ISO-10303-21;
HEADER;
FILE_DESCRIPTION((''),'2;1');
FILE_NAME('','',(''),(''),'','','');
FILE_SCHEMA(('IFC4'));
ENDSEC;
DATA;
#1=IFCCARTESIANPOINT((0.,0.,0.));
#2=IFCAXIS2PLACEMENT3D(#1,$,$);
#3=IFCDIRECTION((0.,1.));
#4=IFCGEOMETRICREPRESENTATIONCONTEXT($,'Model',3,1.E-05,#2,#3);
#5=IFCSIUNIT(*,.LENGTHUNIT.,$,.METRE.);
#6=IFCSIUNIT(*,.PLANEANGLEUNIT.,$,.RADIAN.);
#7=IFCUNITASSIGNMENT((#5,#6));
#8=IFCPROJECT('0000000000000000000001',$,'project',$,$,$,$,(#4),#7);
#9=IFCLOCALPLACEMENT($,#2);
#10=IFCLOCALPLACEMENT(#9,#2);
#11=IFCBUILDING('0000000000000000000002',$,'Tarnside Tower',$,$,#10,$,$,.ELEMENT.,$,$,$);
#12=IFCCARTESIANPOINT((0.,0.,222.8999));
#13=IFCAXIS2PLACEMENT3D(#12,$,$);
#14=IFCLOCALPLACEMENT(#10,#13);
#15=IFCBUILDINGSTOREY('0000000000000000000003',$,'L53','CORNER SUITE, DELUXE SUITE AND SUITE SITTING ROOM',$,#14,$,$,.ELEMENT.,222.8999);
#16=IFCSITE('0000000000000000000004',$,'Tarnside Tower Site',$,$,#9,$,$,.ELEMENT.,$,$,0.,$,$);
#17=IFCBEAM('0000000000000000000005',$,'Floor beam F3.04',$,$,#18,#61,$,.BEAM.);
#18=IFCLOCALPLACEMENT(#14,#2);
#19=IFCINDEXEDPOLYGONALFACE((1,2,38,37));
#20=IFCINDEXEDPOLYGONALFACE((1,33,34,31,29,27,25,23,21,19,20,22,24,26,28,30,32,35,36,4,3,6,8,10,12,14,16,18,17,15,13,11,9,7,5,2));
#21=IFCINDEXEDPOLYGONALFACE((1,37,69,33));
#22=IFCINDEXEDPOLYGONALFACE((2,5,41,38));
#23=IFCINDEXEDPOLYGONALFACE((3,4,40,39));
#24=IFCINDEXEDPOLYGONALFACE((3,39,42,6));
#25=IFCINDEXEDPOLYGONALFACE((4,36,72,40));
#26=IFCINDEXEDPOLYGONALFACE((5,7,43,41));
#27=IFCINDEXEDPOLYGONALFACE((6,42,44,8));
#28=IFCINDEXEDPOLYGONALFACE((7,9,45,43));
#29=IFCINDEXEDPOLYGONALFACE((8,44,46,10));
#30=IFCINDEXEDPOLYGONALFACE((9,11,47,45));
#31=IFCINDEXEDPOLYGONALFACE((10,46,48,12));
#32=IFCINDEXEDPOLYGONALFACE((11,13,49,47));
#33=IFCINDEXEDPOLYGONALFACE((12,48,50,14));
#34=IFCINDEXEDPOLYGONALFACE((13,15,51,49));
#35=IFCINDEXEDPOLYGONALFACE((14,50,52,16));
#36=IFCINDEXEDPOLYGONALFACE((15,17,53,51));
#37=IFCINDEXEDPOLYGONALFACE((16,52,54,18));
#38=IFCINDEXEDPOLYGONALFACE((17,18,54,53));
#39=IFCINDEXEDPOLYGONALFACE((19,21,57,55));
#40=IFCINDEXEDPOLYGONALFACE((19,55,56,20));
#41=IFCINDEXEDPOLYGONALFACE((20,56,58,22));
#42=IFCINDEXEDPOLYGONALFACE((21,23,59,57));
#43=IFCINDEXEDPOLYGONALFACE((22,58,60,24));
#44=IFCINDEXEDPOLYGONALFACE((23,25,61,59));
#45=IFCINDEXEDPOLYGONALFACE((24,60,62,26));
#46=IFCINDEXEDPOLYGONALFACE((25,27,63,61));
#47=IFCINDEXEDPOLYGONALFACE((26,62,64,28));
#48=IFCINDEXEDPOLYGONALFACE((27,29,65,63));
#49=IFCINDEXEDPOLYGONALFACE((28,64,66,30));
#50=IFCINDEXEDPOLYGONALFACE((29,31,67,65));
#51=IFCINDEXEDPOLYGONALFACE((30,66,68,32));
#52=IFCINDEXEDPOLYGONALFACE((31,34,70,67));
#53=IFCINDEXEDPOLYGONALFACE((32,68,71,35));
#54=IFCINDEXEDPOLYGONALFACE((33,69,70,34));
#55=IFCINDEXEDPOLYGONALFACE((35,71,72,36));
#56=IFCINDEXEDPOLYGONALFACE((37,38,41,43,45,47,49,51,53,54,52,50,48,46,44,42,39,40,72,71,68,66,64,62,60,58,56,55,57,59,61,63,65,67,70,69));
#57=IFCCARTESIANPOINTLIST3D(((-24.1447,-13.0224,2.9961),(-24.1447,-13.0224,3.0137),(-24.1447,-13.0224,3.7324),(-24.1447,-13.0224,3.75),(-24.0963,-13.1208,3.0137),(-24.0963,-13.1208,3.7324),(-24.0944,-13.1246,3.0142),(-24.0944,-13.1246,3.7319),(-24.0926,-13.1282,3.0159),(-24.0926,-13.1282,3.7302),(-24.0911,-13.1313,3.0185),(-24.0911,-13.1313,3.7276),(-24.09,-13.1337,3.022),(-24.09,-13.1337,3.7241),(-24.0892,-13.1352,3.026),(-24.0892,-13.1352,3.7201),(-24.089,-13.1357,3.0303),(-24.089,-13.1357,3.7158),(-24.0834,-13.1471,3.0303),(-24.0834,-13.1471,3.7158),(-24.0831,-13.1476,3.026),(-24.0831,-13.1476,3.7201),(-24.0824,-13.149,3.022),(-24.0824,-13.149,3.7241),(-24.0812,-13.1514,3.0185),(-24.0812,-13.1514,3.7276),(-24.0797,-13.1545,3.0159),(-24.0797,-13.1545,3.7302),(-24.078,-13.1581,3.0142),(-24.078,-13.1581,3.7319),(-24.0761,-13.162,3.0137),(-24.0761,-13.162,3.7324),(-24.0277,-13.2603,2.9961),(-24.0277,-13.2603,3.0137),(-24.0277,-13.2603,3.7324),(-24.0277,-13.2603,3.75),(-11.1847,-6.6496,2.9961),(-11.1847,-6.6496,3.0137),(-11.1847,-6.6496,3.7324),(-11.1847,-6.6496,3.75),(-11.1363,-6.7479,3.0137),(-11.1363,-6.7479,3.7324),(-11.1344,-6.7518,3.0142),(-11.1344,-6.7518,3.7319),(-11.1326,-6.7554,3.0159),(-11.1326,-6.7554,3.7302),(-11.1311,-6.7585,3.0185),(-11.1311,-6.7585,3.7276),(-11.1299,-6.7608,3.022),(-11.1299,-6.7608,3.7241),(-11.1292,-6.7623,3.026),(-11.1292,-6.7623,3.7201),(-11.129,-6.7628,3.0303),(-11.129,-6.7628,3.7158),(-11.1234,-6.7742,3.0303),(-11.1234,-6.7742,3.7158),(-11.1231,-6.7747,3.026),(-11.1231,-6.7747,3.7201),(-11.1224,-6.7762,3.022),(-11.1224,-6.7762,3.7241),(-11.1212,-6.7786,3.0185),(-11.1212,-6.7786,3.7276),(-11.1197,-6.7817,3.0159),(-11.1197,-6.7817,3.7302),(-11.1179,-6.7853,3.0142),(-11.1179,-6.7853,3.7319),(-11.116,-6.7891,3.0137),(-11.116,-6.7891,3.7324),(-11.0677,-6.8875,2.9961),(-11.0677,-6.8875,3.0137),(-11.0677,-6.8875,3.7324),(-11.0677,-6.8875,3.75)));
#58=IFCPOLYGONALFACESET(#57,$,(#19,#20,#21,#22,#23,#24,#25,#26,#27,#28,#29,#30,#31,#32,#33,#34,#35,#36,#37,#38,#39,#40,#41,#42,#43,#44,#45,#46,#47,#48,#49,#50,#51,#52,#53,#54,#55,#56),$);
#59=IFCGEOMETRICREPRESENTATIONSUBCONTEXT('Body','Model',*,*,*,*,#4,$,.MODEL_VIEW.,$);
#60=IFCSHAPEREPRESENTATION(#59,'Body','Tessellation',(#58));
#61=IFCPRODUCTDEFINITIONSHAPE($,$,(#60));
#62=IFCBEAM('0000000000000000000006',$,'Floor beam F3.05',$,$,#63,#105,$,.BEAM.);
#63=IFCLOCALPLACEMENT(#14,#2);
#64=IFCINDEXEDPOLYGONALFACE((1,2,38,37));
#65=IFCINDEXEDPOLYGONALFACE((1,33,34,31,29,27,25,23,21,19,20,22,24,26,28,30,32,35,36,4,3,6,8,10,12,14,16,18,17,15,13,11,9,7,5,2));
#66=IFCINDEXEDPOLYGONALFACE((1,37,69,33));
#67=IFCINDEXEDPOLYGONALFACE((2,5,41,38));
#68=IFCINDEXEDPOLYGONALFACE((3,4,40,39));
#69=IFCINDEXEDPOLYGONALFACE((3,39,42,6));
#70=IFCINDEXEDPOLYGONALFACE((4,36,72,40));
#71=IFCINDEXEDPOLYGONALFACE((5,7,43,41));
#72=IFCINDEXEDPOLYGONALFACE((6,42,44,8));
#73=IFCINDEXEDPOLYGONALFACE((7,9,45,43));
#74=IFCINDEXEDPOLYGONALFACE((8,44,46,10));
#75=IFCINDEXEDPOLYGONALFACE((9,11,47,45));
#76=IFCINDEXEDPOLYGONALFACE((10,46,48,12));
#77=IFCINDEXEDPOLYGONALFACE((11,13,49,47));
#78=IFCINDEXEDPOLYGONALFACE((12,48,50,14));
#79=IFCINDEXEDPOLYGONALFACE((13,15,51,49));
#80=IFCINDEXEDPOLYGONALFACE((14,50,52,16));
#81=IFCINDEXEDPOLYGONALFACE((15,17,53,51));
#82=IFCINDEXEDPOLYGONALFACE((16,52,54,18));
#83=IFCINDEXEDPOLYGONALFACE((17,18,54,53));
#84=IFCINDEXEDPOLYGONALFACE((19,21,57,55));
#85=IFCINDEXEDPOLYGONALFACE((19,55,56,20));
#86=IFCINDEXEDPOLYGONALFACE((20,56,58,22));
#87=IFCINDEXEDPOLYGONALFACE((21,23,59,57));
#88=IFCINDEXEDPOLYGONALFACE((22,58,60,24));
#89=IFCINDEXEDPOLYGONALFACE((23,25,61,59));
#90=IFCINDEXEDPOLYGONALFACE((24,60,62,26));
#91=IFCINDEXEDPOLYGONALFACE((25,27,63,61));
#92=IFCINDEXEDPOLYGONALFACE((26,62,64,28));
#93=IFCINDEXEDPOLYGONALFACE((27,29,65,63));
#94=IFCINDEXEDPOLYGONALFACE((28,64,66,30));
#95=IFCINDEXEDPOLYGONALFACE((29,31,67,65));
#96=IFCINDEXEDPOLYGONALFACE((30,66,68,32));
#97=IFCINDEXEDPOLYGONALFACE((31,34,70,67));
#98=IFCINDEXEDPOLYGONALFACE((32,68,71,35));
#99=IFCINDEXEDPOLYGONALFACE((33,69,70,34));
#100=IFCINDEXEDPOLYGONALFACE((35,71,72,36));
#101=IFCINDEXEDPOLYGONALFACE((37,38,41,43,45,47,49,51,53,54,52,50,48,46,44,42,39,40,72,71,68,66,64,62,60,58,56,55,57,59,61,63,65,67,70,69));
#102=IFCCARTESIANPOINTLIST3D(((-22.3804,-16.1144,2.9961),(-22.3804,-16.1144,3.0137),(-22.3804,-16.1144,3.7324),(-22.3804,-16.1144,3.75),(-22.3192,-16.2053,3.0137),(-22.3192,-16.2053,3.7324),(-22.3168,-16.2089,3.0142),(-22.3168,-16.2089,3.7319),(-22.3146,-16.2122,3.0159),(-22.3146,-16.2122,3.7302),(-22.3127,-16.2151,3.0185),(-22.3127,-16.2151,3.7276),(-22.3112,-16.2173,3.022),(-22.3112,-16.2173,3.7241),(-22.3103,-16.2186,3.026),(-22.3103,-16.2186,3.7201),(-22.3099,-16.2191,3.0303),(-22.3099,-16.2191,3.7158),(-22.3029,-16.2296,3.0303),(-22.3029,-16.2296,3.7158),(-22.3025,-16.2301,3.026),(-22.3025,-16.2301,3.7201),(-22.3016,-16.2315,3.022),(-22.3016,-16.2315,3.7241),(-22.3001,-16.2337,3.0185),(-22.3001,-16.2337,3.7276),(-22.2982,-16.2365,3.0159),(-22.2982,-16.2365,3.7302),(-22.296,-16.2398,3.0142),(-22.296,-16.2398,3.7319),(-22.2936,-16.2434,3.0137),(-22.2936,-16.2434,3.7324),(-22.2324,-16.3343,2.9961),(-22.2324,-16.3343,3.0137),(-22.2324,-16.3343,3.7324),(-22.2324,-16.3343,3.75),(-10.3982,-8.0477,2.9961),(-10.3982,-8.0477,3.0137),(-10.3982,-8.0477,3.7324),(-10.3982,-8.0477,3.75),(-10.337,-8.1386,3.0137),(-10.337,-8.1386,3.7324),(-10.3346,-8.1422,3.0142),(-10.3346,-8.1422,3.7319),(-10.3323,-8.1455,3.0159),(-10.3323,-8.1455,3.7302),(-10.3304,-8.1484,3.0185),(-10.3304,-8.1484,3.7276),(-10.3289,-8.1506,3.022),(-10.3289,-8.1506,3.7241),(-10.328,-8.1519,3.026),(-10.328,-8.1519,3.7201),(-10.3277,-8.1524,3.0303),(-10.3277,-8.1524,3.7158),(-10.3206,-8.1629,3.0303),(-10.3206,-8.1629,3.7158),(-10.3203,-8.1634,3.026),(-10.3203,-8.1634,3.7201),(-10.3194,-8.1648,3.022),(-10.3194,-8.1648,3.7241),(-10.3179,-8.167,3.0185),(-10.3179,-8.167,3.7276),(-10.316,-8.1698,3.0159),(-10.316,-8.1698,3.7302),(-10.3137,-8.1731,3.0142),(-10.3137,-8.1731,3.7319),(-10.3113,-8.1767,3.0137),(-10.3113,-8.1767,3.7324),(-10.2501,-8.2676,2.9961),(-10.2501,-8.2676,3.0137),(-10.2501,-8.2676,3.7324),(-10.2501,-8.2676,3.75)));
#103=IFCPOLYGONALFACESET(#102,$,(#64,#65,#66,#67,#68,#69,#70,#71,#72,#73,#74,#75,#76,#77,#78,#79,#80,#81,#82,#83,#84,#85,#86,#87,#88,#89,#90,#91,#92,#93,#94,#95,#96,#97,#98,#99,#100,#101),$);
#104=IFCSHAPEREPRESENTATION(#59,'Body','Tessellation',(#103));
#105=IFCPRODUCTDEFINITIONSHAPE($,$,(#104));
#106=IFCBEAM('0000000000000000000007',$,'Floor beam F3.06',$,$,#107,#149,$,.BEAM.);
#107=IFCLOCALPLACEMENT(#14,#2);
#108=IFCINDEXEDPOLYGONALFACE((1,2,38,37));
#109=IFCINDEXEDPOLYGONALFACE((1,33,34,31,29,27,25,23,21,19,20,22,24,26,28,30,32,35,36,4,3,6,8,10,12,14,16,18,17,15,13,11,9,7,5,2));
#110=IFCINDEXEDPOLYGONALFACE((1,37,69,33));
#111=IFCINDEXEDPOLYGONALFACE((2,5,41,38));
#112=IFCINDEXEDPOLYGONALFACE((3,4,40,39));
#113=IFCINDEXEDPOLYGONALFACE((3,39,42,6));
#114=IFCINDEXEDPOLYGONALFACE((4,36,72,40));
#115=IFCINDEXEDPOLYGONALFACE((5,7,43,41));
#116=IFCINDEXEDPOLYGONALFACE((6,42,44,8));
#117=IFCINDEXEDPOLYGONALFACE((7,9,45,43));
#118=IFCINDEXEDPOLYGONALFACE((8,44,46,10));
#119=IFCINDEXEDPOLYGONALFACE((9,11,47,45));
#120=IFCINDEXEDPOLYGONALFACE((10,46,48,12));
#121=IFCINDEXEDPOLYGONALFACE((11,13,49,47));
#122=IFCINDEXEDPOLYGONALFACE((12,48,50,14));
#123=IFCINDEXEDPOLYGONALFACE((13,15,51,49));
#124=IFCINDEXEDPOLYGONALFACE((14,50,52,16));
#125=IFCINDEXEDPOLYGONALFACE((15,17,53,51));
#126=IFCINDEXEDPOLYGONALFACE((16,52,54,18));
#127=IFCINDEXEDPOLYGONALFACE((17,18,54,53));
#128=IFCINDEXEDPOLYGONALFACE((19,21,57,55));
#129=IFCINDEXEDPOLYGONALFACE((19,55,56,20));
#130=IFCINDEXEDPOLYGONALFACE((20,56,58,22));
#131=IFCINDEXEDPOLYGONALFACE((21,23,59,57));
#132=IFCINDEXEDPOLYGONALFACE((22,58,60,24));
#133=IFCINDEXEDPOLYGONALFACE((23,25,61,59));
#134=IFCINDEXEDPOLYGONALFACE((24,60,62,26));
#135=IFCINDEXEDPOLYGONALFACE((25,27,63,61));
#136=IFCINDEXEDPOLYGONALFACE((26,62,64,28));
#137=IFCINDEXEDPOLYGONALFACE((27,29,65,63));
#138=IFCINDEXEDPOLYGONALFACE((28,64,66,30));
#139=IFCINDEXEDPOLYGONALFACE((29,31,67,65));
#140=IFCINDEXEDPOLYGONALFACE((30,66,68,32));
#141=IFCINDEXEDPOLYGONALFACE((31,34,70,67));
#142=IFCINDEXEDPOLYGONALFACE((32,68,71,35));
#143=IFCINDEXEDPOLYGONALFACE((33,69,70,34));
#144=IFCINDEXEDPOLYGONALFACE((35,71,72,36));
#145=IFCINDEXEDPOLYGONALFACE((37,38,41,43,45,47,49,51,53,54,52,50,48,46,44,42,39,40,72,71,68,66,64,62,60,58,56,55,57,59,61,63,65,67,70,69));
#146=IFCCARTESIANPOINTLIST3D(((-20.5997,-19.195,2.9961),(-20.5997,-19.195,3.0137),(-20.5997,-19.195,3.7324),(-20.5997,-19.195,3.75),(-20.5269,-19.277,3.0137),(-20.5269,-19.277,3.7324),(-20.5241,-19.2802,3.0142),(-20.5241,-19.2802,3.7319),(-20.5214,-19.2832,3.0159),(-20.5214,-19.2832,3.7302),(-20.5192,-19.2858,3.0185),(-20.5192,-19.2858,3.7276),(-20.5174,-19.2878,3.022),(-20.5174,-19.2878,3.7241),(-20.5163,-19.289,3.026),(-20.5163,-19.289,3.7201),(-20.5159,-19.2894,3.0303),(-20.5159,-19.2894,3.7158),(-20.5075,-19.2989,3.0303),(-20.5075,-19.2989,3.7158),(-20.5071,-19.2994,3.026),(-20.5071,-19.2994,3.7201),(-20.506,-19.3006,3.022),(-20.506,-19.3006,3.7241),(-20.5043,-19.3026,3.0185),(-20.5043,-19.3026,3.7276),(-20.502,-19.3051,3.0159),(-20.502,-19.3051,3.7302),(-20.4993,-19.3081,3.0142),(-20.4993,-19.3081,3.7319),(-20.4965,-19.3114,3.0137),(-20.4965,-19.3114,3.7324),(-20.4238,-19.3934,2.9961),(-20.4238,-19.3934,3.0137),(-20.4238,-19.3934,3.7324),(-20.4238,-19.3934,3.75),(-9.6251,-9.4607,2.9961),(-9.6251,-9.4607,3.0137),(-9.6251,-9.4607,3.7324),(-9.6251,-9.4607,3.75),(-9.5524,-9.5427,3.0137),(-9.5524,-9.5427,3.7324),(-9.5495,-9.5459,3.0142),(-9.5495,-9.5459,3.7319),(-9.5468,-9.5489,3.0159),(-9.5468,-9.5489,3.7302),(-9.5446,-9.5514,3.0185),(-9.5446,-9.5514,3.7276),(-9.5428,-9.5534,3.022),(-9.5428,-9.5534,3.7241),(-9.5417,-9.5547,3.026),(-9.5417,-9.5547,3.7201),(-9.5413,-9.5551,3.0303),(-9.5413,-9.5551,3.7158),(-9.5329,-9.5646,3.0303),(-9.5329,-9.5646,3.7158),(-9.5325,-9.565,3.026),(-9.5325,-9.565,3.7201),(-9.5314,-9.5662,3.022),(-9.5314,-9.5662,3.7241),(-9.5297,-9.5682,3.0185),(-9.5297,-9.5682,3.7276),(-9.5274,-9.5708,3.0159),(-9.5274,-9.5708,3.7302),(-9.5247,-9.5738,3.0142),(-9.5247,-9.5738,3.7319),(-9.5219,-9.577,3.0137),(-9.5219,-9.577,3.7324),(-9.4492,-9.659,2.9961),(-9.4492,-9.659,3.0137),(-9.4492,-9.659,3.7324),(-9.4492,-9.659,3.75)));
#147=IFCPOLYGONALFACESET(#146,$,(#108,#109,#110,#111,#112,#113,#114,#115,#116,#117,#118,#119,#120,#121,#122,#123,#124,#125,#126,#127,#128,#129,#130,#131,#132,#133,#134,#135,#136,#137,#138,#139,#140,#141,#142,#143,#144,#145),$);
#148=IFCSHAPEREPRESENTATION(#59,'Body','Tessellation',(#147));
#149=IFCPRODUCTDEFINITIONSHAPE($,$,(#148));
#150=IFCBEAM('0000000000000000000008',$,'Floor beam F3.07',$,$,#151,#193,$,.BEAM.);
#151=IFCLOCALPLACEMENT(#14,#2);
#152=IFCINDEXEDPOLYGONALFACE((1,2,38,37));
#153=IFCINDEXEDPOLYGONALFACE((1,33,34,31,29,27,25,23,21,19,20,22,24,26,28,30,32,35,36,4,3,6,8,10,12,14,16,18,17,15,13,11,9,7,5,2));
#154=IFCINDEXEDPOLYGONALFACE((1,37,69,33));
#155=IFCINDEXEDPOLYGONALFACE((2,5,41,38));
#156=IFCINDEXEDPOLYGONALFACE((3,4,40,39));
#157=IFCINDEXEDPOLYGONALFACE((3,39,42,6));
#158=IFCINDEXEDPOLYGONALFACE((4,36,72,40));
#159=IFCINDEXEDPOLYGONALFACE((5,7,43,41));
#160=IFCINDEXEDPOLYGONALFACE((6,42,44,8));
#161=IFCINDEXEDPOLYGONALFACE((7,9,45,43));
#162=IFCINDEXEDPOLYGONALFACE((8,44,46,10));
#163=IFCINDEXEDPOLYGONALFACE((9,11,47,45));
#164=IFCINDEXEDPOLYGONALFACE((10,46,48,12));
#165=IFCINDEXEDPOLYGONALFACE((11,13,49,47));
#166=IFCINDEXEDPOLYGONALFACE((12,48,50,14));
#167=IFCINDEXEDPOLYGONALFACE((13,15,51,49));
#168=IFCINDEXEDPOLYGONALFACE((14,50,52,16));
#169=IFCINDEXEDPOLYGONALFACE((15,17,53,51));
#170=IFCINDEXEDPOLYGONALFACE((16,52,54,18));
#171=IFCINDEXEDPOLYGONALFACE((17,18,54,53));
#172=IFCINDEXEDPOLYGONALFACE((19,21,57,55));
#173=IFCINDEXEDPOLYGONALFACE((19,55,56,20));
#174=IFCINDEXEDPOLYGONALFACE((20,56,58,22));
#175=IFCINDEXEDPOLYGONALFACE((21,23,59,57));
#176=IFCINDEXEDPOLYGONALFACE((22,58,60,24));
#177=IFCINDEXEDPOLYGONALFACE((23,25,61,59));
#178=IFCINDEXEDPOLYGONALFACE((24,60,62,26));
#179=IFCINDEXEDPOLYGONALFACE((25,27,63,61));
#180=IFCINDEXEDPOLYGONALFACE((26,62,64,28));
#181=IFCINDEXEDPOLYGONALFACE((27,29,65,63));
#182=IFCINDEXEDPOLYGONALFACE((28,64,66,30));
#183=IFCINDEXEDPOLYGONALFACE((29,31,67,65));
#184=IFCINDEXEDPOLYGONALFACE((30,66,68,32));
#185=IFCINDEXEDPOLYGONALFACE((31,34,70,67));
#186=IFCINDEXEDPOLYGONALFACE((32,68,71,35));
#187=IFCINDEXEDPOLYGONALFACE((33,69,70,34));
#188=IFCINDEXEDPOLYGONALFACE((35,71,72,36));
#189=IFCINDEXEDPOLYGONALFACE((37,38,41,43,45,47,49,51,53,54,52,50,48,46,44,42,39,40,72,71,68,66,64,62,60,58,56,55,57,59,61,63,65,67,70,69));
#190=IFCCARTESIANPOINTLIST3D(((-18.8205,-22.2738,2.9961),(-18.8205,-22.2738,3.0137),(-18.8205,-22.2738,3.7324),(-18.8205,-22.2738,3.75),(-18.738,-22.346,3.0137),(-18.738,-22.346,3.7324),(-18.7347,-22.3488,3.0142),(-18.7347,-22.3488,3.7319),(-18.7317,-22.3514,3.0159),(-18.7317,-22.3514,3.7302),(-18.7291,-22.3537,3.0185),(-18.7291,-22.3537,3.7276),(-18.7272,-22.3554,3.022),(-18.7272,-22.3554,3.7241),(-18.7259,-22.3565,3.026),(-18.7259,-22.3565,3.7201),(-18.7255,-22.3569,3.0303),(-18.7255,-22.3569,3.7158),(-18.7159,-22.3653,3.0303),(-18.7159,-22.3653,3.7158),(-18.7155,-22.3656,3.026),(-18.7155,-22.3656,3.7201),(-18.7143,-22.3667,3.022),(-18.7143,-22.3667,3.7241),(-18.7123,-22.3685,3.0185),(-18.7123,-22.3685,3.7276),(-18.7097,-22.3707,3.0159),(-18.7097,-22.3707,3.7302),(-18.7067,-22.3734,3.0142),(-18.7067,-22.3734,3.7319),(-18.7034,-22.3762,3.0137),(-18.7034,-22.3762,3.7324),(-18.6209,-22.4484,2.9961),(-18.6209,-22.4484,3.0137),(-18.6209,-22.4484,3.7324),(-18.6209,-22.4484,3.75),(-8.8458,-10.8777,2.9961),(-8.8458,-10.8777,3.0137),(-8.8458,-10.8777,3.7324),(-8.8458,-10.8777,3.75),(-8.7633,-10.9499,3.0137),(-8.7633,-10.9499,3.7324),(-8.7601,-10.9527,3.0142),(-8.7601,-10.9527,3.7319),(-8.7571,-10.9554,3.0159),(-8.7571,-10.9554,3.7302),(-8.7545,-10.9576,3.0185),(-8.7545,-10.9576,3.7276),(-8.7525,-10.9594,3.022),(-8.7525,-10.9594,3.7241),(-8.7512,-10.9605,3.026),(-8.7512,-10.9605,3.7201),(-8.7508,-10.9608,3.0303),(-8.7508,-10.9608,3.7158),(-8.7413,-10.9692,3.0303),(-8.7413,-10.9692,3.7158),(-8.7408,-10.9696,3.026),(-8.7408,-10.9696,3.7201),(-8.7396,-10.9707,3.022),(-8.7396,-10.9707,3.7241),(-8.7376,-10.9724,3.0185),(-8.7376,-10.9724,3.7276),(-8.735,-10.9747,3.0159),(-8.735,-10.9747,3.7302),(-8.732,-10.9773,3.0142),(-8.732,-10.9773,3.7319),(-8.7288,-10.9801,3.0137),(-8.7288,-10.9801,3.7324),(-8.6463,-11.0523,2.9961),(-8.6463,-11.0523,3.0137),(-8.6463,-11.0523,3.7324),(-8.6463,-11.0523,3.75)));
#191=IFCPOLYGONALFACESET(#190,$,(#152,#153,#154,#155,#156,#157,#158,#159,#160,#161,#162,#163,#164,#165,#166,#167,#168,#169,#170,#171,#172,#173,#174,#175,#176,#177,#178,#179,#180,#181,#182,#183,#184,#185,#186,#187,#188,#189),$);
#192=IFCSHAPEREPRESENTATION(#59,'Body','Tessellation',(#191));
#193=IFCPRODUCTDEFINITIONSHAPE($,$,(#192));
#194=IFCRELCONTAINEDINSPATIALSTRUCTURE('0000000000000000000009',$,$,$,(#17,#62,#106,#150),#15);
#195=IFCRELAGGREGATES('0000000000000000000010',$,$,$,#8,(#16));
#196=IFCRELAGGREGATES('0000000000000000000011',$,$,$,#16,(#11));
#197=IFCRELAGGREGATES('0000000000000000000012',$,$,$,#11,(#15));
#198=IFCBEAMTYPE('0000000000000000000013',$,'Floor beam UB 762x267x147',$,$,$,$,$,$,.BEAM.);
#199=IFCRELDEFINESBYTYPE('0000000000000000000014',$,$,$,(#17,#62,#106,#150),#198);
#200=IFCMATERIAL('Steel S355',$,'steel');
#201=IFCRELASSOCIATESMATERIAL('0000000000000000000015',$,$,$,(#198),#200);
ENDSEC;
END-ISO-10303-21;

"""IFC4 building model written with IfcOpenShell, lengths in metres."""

from ifc_helpers import new_model, si_unit, direction, frame, origin, origin_2d, place, context, subcontext, project, spatial, i_section, extrude, material, material_profile, profile_set, type_object, element, save


model = new_model("IFC4")

# Units and contexts
model_context = context("Model", 3, precision=1e-05, world=origin(), true_north=direction((0.0, 1.0)))
body_context = subcontext(model_context, "Body", "Model", "MODEL_VIEW")
ifc_project = project(units=[si_unit("LENGTHUNIT", "METRE"), si_unit("PLANEANGLEUNIT", "RADIAN")], contexts=[model_context])

# Site, building, storey
site_placement = place(None, origin())
site = spatial("IfcSite", under=ifc_project, at=site_placement, Name="Tarnside Tower Site", CompositionType="ELEMENT", RefElevation=0.0)
building_placement = place(site_placement, origin())
building = spatial("IfcBuilding", under=site, at=building_placement, Name="Tarnside Tower", CompositionType="ELEMENT")
storey_placement = place(building_placement, frame((0.0, 0.0, 222.8999)))
storey = spatial("IfcBuildingStorey", under=building, at=storey_placement, Name="L53", Description="CORNER SUITE, DELUXE SUITE AND SUITE SITTING ROOM", CompositionType="ELEMENT", Elevation=222.8999)

# Beams
ifc_material_1 = material(Name="Steel S355", Category="steel")
ifc_material_profile_1 = material_profile(ifc_material_1, i_section(OverallWidth=0.2651, OverallDepth=0.7539, WebThickness=0.0127, FlangeThickness=0.0176, FilletRadius=0.0166, at=origin_2d()), Name="UB 762x267x147")
ifc_profile_set_1 = profile_set([ifc_material_profile_1], Name="Steel S355")
beam_type_1 = type_object("IfcBeamType", Name="Floor beam UB 762x267x147", PredefinedType="BEAM", material=ifc_profile_set_1)
beam_1_placement = place(storey_placement, frame((-24.0862, -13.1414, 3.373), z_axis=(0.897376, 0.441267, 0.0), x_axis=(-0.441267, 0.897376, 0.0)))
element("IfcBeam", 1, at=beam_1_placement, inside=storey, type_object=beam_type_1, Name="Floor beam F3.04", PredefinedType="BEAM", context=body_context, shape_type="SweptSolid", body=[
    extrude(i_section(OverallWidth=0.2651, OverallDepth=0.7539, WebThickness=0.0127, FlangeThickness=0.0176, FilletRadius=0.0166, at=origin_2d()), origin(), (0.0, 0.0, 1.0), 14.4421),
])
beam_2_placement = place(storey_placement, frame((-22.3064, -16.2244, 3.373), z_axis=(0.829532, 0.558458, 0.0), x_axis=(-0.558458, 0.829532, 0.0)))
element("IfcBeam", 2, at=beam_2_placement, inside=storey, type_object=beam_type_1, Name="Floor beam F3.05", PredefinedType="BEAM", context=body_context, shape_type="SweptSolid", body=[
    extrude(i_section(OverallWidth=0.2651, OverallDepth=0.7539, WebThickness=0.0127, FlangeThickness=0.0176, FilletRadius=0.0166, at=origin_2d()), origin(), (0.0, 0.0, 1.0), 14.4446),
])
beam_3_placement = place(storey_placement, frame((-20.5117, -19.2942, 3.373), z_axis=(0.748114, 0.66357, 0.0), x_axis=(-0.66357, 0.748114, 0.0)))
element("IfcBeam", 3, at=beam_3_placement, inside=storey, type_object=beam_type_1, Name="Floor beam F3.06", PredefinedType="BEAM", context=body_context, shape_type="SweptSolid", body=[
    extrude(i_section(OverallWidth=0.2651, OverallDepth=0.7539, WebThickness=0.0127, FlangeThickness=0.0176, FilletRadius=0.0166, at=origin_2d()), origin(), (0.0, 0.0, 1.0), 14.6697),
])
beam_4_placement = place(storey_placement, frame((-18.7207, -22.3611, 3.373), z_axis=(0.658621, 0.752475, 0.0), x_axis=(-0.752475, 0.658621, 0.0)))
element("IfcBeam", 4, at=beam_4_placement, inside=storey, type_object=beam_type_1, Name="Floor beam F3.07", PredefinedType="BEAM", context=body_context, shape_type="SweptSolid", body=[
    extrude(i_section(OverallWidth=0.2651, OverallDepth=0.7539, WebThickness=0.0127, FlangeThickness=0.0176, FilletRadius=0.0166, at=origin_2d()), origin(), (0.0, 0.0, 1.0), 15.1448),
])

save(model, "model.ifc")
